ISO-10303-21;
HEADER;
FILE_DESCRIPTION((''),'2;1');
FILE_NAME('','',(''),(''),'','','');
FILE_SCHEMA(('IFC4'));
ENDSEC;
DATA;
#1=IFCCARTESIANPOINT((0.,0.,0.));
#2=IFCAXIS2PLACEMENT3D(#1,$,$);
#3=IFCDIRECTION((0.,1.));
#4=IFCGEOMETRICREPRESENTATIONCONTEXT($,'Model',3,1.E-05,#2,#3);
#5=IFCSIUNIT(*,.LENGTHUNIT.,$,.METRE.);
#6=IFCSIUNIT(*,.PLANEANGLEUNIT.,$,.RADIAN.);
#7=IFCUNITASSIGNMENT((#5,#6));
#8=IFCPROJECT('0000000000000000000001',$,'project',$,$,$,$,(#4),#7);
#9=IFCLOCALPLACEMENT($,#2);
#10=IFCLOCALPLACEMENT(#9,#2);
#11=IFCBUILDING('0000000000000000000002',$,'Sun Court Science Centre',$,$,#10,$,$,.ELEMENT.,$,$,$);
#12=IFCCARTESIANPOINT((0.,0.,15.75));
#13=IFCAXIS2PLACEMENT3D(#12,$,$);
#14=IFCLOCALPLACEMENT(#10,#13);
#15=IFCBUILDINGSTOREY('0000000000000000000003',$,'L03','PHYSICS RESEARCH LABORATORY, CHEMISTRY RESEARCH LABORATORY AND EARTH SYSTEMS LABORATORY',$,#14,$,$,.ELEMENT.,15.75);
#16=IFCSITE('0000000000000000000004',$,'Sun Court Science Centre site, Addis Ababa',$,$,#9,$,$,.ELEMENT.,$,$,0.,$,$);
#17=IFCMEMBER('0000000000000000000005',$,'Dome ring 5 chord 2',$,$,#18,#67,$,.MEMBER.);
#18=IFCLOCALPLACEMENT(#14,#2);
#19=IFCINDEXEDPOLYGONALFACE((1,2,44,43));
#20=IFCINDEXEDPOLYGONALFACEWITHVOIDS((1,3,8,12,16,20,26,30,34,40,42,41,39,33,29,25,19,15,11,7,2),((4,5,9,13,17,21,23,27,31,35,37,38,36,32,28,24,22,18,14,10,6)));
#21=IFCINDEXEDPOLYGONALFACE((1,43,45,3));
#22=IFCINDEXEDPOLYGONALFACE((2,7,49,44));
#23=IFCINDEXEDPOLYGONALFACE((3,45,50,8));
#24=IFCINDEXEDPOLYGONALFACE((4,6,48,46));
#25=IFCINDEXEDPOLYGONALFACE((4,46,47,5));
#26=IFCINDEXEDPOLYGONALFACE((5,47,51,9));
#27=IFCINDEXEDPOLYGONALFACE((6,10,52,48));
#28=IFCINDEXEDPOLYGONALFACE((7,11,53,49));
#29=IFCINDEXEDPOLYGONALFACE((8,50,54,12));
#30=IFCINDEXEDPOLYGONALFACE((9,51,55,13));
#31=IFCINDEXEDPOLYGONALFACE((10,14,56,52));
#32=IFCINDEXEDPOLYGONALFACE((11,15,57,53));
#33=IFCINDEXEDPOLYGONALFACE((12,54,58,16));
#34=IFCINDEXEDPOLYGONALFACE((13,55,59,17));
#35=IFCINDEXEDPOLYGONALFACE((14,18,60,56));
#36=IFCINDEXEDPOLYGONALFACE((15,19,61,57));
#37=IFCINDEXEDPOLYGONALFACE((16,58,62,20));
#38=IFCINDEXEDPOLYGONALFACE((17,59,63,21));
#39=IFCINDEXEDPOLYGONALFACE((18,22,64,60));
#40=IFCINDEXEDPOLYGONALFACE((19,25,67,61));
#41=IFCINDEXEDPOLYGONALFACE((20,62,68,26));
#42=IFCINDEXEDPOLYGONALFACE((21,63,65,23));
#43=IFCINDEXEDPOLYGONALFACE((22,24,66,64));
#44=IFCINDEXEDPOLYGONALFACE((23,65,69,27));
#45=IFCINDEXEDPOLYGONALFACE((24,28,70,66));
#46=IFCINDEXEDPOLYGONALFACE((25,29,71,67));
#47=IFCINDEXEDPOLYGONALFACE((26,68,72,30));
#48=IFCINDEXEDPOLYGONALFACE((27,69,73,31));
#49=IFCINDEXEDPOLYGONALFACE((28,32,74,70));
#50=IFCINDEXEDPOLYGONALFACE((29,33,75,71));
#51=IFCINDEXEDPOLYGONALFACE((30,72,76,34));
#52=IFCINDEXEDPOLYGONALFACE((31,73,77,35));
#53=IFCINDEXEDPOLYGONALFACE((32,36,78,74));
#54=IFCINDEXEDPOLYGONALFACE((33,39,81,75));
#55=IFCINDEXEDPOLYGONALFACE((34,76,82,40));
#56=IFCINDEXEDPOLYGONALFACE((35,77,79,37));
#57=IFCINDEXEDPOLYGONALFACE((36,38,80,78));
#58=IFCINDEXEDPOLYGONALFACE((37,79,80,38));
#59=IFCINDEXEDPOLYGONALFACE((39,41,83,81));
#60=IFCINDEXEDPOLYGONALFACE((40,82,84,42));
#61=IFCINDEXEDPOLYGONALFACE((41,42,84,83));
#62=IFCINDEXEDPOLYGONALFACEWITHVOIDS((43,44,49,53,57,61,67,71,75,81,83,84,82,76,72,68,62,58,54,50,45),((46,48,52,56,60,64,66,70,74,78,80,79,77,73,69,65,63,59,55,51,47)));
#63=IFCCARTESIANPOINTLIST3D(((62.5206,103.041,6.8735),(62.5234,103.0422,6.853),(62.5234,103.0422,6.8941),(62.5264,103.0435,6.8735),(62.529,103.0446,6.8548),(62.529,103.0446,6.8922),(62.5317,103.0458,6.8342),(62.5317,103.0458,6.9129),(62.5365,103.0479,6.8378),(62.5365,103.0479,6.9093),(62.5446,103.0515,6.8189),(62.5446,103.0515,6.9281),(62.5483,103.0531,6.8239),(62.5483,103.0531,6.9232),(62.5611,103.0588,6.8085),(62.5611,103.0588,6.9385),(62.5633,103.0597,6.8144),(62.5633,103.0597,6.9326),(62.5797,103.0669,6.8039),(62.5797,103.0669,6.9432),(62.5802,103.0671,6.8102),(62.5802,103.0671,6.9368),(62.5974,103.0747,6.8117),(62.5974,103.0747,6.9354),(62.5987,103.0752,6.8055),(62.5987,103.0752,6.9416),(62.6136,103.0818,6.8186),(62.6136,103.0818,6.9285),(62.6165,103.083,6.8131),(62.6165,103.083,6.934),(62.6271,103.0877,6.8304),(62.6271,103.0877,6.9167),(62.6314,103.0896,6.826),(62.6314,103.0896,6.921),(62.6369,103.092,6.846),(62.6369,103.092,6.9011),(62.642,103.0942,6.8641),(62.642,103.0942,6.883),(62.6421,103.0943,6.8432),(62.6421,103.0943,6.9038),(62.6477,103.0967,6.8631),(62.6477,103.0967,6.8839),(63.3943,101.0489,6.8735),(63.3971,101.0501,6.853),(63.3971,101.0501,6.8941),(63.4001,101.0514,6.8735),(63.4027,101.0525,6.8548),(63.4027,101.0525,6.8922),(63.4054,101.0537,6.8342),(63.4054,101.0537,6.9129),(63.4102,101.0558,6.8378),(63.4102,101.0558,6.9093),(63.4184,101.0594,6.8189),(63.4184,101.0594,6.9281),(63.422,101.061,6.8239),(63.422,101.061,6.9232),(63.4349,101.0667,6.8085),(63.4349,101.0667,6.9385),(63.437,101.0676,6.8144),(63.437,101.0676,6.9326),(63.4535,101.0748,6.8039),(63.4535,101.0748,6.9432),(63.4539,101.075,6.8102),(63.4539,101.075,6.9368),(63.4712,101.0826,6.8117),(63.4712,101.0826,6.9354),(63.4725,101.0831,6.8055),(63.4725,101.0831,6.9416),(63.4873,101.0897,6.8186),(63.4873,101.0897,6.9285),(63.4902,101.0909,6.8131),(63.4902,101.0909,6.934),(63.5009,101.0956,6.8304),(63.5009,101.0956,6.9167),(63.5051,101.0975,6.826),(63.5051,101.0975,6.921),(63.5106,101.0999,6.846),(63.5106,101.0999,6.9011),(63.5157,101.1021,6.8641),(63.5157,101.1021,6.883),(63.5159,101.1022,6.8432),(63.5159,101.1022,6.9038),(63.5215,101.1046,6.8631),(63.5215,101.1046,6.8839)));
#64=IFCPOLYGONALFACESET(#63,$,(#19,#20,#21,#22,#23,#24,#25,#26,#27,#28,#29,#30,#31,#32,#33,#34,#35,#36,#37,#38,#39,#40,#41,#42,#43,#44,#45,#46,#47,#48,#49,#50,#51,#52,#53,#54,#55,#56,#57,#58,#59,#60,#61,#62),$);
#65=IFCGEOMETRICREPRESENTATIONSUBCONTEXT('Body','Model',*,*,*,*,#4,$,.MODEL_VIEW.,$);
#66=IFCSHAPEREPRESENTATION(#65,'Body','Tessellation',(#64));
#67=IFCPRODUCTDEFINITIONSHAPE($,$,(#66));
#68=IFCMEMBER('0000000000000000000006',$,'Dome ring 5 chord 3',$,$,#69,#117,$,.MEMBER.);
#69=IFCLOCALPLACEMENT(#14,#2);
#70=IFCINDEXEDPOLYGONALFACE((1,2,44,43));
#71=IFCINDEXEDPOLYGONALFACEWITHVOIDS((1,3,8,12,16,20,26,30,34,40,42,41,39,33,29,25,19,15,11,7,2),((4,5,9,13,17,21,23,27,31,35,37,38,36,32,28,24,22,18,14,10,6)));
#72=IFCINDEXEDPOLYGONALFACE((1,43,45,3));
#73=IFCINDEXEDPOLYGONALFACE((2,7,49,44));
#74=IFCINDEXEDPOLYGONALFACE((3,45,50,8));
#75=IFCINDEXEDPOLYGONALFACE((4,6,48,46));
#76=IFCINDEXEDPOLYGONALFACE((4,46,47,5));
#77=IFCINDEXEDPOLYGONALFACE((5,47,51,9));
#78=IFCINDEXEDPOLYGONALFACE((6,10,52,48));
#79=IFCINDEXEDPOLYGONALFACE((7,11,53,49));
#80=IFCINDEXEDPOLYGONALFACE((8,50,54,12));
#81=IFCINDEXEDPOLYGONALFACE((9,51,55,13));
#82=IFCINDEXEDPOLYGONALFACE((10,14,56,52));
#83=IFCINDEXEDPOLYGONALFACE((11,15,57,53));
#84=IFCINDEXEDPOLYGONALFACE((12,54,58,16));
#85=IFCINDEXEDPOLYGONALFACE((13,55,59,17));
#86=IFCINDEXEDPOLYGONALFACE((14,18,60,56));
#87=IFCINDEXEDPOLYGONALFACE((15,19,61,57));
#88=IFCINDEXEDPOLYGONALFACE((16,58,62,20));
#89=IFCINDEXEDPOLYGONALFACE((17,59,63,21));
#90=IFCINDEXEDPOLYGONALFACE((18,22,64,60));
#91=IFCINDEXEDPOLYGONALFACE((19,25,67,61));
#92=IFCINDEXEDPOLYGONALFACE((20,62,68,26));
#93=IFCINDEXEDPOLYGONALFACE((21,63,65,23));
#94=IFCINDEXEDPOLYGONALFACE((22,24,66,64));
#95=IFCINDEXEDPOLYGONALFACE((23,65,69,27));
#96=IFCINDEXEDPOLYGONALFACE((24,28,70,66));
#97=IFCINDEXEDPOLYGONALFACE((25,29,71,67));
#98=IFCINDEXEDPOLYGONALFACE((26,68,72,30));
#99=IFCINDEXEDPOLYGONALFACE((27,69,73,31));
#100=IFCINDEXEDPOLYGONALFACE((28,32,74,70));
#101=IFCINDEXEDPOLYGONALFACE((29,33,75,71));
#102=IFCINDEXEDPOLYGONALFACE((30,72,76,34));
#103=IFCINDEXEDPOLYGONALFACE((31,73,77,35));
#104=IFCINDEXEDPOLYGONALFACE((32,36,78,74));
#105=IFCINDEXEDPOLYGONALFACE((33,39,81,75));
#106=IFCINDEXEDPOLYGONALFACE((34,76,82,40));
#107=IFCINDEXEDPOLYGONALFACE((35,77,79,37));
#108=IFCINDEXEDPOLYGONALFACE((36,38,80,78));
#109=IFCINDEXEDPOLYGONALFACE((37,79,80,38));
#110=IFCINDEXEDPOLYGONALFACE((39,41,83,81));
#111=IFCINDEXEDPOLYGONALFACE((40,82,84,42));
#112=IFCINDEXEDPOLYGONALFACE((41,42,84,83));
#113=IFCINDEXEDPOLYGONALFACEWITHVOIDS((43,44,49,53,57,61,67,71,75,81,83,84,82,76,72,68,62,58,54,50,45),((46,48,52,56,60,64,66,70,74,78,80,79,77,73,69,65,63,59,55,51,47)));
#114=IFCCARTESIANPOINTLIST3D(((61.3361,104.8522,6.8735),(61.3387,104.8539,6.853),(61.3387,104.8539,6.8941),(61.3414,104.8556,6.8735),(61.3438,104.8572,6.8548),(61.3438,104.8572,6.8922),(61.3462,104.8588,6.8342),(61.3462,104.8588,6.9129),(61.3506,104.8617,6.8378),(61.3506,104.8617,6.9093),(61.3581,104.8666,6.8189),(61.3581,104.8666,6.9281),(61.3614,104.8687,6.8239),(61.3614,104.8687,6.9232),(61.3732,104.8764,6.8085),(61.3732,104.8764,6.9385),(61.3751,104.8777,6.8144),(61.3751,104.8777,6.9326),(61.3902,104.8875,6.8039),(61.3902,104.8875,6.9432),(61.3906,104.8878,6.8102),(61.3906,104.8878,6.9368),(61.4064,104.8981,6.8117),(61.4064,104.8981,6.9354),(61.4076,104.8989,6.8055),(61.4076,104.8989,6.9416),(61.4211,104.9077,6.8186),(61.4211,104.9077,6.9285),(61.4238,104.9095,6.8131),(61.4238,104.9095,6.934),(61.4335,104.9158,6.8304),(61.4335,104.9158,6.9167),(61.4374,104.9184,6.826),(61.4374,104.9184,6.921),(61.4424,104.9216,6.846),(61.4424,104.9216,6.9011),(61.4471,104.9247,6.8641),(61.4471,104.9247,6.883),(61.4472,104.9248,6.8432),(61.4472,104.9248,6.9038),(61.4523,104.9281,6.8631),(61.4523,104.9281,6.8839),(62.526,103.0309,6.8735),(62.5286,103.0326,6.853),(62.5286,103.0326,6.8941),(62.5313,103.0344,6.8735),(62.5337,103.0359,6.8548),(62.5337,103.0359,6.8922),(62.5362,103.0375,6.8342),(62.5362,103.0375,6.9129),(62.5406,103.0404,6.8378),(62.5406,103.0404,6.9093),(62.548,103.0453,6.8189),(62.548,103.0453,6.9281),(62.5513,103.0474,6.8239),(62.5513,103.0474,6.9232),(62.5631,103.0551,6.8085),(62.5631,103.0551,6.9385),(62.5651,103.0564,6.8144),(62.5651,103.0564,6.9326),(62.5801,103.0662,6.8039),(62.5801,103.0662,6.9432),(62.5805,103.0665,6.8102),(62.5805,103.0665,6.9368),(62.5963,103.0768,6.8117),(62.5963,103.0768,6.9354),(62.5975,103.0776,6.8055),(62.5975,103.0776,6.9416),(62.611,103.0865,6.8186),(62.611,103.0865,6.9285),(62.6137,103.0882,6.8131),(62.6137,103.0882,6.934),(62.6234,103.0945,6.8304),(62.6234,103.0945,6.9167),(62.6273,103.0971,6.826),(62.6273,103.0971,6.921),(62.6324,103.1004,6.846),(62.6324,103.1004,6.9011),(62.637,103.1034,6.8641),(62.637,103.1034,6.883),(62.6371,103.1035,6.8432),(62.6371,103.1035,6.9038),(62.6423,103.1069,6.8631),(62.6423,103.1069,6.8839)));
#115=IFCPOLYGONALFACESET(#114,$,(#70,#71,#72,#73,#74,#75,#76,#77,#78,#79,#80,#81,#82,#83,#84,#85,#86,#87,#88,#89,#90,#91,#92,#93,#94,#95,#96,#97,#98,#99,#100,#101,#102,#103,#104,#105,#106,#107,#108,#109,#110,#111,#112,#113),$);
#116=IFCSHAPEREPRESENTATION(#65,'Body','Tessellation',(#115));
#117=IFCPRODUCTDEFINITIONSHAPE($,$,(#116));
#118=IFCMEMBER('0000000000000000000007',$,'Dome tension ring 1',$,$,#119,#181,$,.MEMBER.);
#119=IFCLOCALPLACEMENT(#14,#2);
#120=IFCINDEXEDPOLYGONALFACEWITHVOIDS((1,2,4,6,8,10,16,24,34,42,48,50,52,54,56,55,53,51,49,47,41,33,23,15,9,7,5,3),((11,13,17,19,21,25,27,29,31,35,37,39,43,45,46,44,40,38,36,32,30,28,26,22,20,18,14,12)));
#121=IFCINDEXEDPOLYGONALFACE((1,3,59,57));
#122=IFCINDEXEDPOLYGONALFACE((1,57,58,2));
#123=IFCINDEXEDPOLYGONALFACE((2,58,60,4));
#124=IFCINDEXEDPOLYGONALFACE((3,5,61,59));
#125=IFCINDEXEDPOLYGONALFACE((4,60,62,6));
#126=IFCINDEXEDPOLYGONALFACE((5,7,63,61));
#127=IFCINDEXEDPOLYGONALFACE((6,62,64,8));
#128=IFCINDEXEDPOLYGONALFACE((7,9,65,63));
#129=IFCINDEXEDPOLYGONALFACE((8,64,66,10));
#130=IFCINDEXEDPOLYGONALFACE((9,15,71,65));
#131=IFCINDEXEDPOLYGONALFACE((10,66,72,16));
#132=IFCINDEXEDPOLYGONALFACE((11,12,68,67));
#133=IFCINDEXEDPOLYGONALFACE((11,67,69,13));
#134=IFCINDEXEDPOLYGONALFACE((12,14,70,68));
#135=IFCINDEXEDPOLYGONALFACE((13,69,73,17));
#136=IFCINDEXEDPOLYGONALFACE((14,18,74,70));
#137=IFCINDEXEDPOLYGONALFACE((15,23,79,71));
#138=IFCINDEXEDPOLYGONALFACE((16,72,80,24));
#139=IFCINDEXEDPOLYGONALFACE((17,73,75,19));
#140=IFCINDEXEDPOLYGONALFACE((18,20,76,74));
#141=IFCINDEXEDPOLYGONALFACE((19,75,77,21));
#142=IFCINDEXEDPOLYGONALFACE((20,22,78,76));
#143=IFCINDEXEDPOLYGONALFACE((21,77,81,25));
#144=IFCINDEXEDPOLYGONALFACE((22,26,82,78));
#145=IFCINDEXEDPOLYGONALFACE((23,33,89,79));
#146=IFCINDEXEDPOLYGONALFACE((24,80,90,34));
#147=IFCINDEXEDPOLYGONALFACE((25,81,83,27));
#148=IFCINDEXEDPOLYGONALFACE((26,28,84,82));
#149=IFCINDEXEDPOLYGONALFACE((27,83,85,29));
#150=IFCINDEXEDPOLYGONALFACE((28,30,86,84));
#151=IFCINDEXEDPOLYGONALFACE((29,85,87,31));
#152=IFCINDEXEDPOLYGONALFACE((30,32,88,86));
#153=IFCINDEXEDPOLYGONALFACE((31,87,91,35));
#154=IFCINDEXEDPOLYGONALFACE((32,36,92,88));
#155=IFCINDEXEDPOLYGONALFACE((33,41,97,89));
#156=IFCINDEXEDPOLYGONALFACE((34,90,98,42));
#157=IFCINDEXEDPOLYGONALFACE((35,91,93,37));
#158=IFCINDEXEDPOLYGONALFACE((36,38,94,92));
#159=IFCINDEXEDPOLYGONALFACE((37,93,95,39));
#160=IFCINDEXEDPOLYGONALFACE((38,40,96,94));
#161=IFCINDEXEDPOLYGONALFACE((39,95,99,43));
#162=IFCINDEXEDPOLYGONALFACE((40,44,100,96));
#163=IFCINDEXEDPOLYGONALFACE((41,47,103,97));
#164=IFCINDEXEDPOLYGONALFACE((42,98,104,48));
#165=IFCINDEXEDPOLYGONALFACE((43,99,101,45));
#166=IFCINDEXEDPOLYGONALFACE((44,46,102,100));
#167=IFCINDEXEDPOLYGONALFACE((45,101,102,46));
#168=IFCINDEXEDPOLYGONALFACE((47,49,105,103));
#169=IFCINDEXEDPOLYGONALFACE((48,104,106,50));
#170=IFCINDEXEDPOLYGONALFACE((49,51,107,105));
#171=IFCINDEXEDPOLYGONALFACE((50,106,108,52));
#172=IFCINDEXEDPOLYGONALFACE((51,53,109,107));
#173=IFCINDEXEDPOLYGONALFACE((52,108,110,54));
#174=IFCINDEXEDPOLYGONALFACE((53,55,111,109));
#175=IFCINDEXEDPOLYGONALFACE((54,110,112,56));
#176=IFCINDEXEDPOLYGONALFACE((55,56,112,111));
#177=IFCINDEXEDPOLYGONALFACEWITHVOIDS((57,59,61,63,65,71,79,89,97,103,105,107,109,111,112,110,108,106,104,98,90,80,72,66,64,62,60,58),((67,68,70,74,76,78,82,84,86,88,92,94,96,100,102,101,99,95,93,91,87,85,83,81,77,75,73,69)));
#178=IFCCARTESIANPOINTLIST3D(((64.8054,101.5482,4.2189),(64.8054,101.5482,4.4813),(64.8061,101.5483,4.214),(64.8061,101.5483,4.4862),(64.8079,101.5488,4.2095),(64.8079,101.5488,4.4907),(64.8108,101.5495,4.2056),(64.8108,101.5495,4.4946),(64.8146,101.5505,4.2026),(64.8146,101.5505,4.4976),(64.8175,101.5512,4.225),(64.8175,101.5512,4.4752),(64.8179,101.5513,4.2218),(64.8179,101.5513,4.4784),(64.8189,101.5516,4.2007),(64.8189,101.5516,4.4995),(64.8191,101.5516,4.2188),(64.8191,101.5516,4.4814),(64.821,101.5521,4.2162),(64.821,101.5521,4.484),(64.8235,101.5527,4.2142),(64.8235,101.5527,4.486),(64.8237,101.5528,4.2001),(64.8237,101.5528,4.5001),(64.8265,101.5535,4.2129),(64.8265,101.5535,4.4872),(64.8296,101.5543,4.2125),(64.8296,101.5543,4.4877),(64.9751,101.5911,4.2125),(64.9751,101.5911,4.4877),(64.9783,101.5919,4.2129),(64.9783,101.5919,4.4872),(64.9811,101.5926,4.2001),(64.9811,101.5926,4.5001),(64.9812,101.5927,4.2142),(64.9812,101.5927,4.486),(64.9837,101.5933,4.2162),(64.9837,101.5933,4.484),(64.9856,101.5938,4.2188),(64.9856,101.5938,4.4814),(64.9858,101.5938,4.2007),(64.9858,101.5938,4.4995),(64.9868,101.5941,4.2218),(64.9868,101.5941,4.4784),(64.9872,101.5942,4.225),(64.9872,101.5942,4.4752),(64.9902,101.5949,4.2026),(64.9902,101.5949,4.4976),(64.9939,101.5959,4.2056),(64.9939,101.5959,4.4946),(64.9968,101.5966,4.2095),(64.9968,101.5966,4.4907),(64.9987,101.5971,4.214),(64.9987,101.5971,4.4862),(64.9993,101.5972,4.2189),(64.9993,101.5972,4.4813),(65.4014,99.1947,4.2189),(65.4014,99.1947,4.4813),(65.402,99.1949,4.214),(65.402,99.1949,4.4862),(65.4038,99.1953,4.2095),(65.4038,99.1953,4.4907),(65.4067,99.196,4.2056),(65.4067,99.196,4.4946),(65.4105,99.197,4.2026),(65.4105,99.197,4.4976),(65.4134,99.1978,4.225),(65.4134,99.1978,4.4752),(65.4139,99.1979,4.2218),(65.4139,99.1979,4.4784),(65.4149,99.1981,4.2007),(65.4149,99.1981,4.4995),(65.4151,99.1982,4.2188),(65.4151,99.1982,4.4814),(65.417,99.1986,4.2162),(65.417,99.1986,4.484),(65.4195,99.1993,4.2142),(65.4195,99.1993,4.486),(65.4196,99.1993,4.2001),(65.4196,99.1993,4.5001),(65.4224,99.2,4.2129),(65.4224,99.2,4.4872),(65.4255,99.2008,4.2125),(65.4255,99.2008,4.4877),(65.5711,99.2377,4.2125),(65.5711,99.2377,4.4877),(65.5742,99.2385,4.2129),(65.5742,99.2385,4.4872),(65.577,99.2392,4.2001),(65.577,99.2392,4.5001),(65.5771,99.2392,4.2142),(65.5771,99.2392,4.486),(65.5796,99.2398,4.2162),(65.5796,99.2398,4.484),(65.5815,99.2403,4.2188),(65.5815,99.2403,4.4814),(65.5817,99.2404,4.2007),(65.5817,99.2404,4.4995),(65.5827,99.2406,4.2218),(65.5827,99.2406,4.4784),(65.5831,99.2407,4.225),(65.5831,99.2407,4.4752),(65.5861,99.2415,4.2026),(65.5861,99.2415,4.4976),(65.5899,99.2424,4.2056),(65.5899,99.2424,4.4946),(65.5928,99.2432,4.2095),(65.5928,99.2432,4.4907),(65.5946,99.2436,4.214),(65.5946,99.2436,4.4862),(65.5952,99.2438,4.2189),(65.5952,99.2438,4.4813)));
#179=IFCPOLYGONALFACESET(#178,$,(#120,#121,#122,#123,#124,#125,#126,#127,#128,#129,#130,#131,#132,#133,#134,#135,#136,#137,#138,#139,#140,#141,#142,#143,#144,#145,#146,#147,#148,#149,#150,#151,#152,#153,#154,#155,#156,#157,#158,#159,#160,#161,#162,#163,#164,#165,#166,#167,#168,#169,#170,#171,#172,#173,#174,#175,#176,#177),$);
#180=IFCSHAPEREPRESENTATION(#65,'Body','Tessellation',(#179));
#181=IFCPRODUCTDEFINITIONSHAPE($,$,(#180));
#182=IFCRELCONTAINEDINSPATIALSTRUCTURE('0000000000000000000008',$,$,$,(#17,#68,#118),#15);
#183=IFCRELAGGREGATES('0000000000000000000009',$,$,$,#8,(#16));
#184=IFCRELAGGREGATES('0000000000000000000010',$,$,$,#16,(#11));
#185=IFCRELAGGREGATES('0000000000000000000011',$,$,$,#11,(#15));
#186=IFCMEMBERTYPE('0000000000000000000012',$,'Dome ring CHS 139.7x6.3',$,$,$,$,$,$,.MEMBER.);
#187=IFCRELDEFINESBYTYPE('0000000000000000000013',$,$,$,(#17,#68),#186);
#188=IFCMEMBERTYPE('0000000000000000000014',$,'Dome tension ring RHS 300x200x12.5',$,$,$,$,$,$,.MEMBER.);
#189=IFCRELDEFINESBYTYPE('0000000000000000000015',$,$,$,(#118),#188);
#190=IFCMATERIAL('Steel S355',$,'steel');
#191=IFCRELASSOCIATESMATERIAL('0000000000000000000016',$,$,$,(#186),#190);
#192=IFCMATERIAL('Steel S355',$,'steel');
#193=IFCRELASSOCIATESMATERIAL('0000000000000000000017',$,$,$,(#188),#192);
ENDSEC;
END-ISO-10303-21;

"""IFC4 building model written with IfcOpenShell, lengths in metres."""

from ifc_helpers import new_model, si_unit, direction, frame, origin, origin_2d, place, context, subcontext, project, spatial, hollow_rectangle, hollow_circle, extrude, material, material_profile, profile_set, type_object, element, save


model = new_model("IFC4")

# Units and contexts
model_context = context("Model", 3, precision=1e-05, world=origin(), true_north=direction((0.0, 1.0)))
body_context = subcontext(model_context, "Body", "Model", "MODEL_VIEW")
ifc_project = project(units=[si_unit("LENGTHUNIT", "METRE"), si_unit("PLANEANGLEUNIT", "RADIAN")], contexts=[model_context])

# Site, building, storey
site_placement = place(None, origin())
site = spatial("IfcSite", under=ifc_project, at=site_placement, Name="Sun Court Science Centre site, Addis Ababa", CompositionType="ELEMENT", RefElevation=0.0)
building_placement = place(site_placement, origin())
building = spatial("IfcBuilding", under=site, at=building_placement, Name="Sun Court Science Centre", CompositionType="ELEMENT")
storey_placement = place(building_placement, frame((0.0, 0.0, 15.75)))
storey = spatial("IfcBuildingStorey", under=building, at=storey_placement, Name="L03", Description="PHYSICS RESEARCH LABORATORY, CHEMISTRY RESEARCH LABORATORY AND EARTH SYSTEMS LABORATORY", CompositionType="ELEMENT", Elevation=15.75)

# Members
ifc_material_1 = material(Name="Steel S355", Category="steel")
ifc_material_profile_1 = material_profile(ifc_material_1, hollow_circle(Radius=0.0698, WallThickness=0.0063, at=origin_2d()), Name="CHS 139.7x6.3")
ifc_profile_set_1 = profile_set([ifc_material_profile_1], Name="Steel S355")
member_type_1 = type_object("IfcMemberType", Name="Dome ring CHS 139.7x6.3", PredefinedType="MEMBER", material=ifc_profile_set_1)
member_1_placement = place(storey_placement, frame((63.4583, 101.0769, 6.8735), z_axis=(-0.401666, 0.915786, 0.0), x_axis=(-0.915786, -0.401666, 0.0)))
element("IfcMember", 1, at=member_1_placement, inside=storey, type_object=member_type_1, Name="Dome ring 5 chord 2", PredefinedType="MEMBER", context=body_context, shape_type="SweptSolid", body=[
    extrude(hollow_circle(Radius=0.0698, WallThickness=0.0063, at=origin_2d()), origin(), (0.0, 0.0, 1.0), 2.1753),
])
member_2_placement = place(storey_placement, frame((62.5845, 103.0691, 6.8735), z_axis=(-0.546959, 0.837159, 0.0), x_axis=(-0.837159, -0.546959, 0.0)))
element("IfcMember", 2, at=member_2_placement, inside=storey, type_object=member_type_1, Name="Dome ring 5 chord 3", PredefinedType="MEMBER", context=body_context, shape_type="SweptSolid", body=[
    extrude(hollow_circle(Radius=0.0698, WallThickness=0.0063, at=origin_2d()), origin(), (0.0, 0.0, 1.0), 2.1755),
])
ifc_material_2 = material(Name="Steel S355", Category="steel")
ifc_material_profile_2 = material_profile(ifc_material_2, hollow_rectangle(XDim=0.2, YDim=0.3, WallThickness=0.0125, InnerFilletRadius=0.0125, OuterFilletRadius=0.0188, at=origin_2d()), Name="RHS 300x200x12.5")
ifc_profile_set_2 = profile_set([ifc_material_profile_2], Name="Steel S355")
member_type_2 = type_object("IfcMemberType", Name="Dome tension ring RHS 300x200x12.5", PredefinedType="MEMBER", material=ifc_profile_set_2)
member_3_placement = place(storey_placement, frame((65.4983, 99.2192, 4.3501), z_axis=(-0.245469, 0.969405, 0.0), x_axis=(-0.969405, -0.245469, 0.0)))
element("IfcMember", 3, at=member_3_placement, inside=storey, type_object=member_type_2, Name="Dome tension ring 1", PredefinedType="MEMBER", context=body_context, shape_type="SweptSolid", body=[
    extrude(hollow_rectangle(XDim=0.2, YDim=0.3, WallThickness=0.0125, InnerFilletRadius=0.0125, OuterFilletRadius=0.0188, at=origin_2d()), origin(), (0.0, 0.0, 1.0), 2.4277),
])

save(model, "model.ifc")
